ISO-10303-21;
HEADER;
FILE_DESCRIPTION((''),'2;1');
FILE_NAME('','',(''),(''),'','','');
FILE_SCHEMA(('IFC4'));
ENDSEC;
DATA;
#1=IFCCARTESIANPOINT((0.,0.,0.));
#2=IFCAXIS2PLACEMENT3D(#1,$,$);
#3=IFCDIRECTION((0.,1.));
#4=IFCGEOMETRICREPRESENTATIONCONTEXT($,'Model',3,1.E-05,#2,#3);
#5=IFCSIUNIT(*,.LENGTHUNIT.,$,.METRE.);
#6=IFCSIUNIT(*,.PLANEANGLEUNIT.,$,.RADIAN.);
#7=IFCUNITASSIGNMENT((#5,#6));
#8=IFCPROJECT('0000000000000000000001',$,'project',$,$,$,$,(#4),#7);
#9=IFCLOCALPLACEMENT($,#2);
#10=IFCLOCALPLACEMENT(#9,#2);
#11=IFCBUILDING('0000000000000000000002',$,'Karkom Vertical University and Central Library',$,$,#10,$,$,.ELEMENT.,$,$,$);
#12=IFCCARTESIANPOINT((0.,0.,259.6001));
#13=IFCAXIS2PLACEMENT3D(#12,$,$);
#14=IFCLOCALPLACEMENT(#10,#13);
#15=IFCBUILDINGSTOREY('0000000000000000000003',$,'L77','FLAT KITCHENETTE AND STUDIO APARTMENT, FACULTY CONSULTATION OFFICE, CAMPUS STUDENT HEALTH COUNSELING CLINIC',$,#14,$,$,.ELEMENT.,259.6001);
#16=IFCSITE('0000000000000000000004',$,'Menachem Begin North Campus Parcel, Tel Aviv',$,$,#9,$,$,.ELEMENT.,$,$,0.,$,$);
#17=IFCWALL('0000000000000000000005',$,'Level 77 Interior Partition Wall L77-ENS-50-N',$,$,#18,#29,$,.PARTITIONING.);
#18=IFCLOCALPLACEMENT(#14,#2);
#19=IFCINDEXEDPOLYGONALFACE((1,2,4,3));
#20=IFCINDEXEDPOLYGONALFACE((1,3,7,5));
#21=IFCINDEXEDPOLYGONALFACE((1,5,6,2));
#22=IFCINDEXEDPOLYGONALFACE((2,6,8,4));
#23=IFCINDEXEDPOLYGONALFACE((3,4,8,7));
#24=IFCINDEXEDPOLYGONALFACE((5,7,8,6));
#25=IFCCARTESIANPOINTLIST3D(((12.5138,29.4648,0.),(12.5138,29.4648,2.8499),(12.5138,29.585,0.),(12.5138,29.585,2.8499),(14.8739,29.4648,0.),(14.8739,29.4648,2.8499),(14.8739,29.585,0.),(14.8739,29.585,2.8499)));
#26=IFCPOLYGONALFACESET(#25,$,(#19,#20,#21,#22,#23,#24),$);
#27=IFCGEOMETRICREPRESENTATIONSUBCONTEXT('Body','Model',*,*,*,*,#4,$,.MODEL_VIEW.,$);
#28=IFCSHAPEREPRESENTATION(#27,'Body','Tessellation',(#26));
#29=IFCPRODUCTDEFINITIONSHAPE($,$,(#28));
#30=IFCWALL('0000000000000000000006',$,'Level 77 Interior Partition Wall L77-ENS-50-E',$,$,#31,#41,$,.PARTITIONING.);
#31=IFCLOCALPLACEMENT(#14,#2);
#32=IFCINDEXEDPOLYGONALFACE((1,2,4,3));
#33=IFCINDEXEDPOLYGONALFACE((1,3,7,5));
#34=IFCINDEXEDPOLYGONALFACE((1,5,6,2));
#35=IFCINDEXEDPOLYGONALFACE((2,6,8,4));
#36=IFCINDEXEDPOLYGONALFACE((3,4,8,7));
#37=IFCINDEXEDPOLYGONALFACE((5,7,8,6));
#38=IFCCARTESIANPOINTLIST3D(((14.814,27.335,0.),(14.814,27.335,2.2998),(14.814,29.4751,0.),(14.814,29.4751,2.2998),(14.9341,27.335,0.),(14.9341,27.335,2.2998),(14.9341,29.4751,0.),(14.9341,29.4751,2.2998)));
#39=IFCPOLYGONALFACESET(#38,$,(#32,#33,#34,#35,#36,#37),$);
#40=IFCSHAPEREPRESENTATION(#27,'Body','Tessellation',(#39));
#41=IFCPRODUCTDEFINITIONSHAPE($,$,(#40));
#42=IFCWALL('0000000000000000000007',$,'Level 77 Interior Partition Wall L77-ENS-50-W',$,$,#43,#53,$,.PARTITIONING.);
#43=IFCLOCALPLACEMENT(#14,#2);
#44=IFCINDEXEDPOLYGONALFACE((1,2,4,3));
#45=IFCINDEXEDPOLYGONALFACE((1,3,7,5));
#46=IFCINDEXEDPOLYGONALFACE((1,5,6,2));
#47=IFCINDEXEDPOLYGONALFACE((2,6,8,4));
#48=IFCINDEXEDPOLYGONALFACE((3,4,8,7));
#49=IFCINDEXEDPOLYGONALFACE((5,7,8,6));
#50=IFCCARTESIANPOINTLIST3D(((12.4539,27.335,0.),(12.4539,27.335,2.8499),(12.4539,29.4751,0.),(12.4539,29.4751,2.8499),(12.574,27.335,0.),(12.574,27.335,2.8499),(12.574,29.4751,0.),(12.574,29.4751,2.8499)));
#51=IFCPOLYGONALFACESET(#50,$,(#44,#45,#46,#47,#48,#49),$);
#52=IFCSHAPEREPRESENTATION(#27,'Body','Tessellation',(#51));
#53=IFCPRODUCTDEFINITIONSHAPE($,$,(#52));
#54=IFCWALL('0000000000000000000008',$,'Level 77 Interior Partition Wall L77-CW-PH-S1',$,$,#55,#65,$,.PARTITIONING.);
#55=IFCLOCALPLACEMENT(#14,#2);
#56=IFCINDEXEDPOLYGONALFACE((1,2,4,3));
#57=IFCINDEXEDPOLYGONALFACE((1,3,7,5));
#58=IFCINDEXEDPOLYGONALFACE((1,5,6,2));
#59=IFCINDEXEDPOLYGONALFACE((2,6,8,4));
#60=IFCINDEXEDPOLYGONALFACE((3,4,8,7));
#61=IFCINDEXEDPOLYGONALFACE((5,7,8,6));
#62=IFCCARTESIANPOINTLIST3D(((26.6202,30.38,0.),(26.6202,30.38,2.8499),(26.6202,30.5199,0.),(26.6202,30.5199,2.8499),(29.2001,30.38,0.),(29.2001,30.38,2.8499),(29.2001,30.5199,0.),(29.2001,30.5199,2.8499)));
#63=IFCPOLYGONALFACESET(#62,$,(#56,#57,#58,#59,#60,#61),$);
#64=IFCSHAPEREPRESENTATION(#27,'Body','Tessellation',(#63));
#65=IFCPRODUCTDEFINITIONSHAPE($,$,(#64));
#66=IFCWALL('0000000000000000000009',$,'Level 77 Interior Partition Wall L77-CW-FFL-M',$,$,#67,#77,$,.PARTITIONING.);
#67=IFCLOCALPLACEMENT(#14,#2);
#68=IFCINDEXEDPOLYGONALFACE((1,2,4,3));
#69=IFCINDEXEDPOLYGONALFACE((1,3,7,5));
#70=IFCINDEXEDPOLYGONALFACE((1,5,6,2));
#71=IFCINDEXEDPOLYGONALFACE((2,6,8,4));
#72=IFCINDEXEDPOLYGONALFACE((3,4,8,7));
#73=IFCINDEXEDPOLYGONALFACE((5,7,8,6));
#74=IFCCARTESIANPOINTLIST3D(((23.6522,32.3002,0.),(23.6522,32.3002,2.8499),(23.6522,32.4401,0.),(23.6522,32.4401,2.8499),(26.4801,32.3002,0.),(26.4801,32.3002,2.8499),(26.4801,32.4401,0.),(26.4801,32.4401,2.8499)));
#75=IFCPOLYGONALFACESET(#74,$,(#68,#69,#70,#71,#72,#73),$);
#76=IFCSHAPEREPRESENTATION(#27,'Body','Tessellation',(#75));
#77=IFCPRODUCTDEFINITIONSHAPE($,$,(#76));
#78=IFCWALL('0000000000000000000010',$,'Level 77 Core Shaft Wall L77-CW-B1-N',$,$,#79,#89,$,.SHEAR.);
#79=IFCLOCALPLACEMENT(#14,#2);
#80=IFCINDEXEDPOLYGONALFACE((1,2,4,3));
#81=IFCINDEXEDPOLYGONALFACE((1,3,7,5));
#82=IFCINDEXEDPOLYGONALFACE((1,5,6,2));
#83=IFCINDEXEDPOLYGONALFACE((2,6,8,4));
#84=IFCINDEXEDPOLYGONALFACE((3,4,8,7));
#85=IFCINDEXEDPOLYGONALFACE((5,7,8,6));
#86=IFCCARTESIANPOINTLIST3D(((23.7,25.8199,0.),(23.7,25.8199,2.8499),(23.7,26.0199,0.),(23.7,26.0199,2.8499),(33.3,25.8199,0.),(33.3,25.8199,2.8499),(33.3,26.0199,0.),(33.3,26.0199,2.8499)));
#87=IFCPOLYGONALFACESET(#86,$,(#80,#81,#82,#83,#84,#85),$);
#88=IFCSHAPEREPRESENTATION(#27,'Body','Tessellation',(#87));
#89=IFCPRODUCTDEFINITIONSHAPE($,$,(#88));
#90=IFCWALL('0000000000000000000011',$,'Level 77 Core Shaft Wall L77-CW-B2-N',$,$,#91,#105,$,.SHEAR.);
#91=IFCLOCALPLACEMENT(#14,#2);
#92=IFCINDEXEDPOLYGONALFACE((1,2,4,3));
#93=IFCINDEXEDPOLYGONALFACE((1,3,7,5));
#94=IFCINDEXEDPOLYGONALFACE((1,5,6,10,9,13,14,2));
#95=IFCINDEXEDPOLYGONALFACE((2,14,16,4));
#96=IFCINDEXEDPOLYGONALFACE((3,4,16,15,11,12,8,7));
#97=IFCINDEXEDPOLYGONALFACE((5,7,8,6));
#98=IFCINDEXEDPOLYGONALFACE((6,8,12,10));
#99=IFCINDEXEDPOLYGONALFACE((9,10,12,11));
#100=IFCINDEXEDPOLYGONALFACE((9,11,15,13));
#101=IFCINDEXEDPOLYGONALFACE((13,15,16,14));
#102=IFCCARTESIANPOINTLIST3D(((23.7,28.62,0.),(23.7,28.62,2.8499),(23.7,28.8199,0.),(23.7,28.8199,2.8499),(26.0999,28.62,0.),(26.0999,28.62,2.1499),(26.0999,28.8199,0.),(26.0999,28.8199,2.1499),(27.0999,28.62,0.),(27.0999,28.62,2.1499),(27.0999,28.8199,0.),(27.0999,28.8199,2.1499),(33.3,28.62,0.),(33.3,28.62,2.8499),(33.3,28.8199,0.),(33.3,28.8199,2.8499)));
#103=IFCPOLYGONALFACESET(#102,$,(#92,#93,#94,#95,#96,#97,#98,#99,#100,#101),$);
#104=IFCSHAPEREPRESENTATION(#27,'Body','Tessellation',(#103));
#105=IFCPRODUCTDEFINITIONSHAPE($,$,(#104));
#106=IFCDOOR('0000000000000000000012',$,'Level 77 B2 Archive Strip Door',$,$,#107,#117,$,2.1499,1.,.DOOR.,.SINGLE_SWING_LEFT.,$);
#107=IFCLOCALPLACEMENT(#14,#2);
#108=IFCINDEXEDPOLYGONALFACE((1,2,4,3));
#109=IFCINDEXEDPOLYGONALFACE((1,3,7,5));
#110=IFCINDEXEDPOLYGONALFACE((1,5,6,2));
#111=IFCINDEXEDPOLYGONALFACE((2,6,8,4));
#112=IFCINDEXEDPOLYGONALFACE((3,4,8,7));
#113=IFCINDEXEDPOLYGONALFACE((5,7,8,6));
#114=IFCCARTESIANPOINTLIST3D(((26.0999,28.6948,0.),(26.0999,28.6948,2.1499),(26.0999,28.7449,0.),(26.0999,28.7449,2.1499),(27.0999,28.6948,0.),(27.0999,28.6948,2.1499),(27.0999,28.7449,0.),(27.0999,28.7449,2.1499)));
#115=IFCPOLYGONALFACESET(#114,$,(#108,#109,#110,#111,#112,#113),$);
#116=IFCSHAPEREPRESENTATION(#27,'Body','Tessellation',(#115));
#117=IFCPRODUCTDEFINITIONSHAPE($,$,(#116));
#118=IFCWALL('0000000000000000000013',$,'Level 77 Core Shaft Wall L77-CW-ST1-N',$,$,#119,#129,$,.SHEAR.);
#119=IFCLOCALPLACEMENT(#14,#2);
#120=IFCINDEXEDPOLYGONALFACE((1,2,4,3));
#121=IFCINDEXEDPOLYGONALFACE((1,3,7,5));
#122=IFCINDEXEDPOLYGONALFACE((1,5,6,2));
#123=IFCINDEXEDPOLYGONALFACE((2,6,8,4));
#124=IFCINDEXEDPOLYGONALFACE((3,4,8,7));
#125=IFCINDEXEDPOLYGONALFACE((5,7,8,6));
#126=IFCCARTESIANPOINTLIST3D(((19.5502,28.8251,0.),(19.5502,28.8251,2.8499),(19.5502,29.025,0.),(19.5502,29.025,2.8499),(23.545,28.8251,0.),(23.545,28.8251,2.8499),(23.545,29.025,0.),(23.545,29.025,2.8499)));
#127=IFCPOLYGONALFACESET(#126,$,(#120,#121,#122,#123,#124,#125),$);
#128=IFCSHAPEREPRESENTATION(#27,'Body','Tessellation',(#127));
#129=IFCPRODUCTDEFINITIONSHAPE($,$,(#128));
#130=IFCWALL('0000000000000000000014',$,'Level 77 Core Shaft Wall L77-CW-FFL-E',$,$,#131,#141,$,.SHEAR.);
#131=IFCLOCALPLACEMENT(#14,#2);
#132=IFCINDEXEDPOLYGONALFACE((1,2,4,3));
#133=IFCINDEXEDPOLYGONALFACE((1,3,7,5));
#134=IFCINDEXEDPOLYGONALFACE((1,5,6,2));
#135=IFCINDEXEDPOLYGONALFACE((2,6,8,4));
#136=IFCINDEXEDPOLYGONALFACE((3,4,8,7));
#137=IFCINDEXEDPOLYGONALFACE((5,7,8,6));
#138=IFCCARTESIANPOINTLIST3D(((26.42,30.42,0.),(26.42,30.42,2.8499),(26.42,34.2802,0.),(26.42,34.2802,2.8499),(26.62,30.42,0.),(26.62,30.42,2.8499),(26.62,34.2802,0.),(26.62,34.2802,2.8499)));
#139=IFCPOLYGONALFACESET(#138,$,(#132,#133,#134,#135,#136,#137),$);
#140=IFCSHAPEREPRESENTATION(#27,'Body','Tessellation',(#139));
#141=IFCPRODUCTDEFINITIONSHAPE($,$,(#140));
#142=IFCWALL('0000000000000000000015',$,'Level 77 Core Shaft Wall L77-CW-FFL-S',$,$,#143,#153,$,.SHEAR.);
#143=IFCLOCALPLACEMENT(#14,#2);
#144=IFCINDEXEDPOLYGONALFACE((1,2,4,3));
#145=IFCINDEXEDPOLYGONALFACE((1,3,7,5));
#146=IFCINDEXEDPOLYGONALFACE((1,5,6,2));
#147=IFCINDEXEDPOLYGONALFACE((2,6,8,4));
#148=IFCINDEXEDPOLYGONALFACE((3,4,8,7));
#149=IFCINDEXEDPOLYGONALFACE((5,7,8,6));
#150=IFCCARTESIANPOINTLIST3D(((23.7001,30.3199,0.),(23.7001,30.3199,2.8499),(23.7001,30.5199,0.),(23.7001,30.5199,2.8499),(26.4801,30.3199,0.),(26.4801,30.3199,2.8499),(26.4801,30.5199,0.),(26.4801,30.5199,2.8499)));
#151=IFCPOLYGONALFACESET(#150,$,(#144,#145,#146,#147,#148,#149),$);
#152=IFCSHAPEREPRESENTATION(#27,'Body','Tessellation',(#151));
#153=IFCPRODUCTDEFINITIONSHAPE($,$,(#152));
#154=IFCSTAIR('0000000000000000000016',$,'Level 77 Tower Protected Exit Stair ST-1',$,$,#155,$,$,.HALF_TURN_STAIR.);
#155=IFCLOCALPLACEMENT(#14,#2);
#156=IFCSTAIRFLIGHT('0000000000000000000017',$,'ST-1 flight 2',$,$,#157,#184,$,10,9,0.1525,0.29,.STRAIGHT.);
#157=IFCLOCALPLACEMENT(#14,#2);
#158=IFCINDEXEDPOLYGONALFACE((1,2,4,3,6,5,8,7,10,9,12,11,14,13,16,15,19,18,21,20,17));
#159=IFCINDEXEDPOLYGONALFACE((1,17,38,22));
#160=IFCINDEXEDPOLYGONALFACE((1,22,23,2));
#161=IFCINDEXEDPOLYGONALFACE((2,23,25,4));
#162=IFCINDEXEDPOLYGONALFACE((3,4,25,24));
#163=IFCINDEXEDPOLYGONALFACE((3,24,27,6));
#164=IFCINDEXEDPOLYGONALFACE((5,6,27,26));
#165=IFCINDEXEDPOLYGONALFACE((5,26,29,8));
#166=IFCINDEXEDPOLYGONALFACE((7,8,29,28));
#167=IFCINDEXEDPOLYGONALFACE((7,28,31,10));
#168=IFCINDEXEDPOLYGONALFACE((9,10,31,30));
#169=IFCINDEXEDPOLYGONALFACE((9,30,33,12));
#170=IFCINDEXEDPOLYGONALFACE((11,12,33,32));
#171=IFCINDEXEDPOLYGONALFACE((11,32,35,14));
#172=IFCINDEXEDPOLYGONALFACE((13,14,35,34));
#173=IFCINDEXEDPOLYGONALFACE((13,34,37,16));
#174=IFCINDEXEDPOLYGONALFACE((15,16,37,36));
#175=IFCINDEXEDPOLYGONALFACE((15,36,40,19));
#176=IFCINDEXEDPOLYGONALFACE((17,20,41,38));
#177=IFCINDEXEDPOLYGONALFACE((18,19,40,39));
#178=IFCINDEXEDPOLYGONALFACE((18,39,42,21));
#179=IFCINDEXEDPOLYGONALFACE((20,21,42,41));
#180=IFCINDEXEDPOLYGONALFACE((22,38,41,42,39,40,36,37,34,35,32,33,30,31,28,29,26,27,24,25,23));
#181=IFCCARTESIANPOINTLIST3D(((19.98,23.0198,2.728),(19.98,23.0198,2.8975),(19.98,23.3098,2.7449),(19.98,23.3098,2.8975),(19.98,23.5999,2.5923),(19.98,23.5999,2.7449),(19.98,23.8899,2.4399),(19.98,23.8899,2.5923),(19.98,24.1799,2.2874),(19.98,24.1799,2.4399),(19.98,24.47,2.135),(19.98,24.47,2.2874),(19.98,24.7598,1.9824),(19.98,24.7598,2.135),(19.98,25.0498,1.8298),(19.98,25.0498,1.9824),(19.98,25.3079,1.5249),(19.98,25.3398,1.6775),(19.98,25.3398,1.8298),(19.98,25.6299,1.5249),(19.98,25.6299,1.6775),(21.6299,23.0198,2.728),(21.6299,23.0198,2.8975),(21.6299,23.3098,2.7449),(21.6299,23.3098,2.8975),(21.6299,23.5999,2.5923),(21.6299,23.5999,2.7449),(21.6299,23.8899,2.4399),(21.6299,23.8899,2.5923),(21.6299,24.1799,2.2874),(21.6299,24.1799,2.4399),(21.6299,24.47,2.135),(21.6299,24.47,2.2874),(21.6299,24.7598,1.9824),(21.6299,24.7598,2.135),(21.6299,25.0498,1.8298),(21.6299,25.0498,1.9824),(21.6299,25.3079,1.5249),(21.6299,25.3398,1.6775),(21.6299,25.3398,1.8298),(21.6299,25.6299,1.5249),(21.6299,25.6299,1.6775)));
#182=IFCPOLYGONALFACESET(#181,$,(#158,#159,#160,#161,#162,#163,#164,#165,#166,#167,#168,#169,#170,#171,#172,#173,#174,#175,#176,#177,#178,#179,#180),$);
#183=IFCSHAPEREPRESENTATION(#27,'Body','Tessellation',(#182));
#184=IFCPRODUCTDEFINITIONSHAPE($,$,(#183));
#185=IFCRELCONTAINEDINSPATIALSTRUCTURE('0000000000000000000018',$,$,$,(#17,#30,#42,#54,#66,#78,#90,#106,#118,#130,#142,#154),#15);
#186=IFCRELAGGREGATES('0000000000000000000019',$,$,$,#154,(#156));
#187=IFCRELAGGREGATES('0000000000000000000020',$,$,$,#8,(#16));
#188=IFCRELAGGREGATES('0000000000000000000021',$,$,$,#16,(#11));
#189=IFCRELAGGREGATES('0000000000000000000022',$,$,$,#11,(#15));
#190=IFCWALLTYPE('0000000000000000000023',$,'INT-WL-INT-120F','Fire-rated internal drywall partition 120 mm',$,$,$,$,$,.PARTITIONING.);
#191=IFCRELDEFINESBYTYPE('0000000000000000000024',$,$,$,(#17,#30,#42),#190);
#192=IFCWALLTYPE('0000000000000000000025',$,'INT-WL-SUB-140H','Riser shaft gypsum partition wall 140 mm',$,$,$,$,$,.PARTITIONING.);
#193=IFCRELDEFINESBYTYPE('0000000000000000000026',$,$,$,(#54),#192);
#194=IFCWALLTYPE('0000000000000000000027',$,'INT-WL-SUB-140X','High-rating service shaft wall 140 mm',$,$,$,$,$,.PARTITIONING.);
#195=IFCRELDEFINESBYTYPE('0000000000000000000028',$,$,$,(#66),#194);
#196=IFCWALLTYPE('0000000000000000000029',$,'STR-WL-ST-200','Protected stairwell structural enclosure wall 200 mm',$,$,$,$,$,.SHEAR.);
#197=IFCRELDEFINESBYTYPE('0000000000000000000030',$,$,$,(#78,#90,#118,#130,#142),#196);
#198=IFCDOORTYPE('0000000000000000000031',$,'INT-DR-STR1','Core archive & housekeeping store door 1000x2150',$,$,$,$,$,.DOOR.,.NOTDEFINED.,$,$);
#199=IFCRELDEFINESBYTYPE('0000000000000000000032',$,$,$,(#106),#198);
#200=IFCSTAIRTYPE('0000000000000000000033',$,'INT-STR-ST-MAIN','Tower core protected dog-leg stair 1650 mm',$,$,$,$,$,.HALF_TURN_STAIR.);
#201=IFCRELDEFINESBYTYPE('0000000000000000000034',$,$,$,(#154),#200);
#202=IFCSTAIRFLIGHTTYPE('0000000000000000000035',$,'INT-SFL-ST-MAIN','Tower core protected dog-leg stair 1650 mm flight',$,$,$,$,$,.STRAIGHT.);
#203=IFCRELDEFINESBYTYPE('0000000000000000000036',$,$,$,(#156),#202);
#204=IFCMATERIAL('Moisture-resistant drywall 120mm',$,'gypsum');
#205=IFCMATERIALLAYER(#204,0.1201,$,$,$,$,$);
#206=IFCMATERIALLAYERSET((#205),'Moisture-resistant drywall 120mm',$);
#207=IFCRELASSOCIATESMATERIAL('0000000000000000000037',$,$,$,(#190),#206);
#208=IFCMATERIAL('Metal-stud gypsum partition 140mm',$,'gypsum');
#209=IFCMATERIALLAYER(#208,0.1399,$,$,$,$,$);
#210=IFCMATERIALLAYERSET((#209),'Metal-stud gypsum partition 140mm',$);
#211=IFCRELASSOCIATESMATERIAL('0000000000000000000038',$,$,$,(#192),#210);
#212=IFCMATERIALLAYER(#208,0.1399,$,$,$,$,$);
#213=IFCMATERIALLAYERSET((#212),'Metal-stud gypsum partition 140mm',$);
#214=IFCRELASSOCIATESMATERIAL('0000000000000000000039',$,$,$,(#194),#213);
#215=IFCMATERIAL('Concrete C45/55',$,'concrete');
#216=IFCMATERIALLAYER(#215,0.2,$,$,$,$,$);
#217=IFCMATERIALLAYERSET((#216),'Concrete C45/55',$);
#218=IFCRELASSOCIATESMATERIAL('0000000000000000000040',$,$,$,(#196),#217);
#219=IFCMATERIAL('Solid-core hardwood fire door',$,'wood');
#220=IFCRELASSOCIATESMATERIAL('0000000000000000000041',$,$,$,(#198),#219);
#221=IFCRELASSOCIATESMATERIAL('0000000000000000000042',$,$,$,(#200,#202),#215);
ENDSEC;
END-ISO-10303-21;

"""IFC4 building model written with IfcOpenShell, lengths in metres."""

from ifc_helpers import new_model, si_unit, direction, frame, frame_2d, origin, origin_with_axes, place, context, subcontext, project, spatial, polyline, rectangle, outline, extrude, source, transform, mapped, material, layer, layer_set, type_object, element, fill, aggregate, save


model = new_model("IFC4")

# Units and contexts
model_context = context("Model", 3, precision=1e-05, world=origin(), true_north=direction((0.0, 1.0)))
body_context = subcontext(model_context, "Body", "Model", "MODEL_VIEW")
ifc_project = project(units=[si_unit("LENGTHUNIT", "METRE"), si_unit("PLANEANGLEUNIT", "RADIAN")], contexts=[model_context])

# Site, building, storey
site_placement = place(None, origin())
site = spatial("IfcSite", under=ifc_project, at=site_placement, Name="Menachem Begin North Campus Parcel, Tel Aviv", CompositionType="ELEMENT", RefElevation=0.0)
building_placement = place(site_placement, origin())
building = spatial("IfcBuilding", under=site, at=building_placement, Name="Karkom Vertical University and Central Library", CompositionType="ELEMENT")
storey_placement = place(building_placement, frame((0.0, 0.0, 259.6001)))
storey = spatial("IfcBuildingStorey", under=building, at=storey_placement, Name="L77", Description="FLAT KITCHENETTE AND STUDIO APARTMENT, FACULTY CONSULTATION OFFICE, CAMPUS STUDENT HEALTH COUNSELING CLINIC", CompositionType="ELEMENT", Elevation=259.6001)

# Shared definitions
ifc_material_1 = material(Name="Moisture-resistant drywall 120mm", Category="gypsum")
ifc_layer_1 = layer(ifc_material_1, 0.1201)
ifc_layer_set_1 = layer_set([ifc_layer_1], Name="Moisture-resistant drywall 120mm")
wall_type_1 = type_object("IfcWallType", Name="INT-WL-INT-120F", Description="Fire-rated internal drywall partition 120 mm", PredefinedType="PARTITIONING", material=ifc_layer_set_1)

# Walls
wall_1_placement = place(storey_placement, frame((14.874, 29.5249, 0.0), z_axis=(0.0, 0.0, 1.0), x_axis=(-1.0, 0.0, 0.0)))
element("IfcWall", 1, at=wall_1_placement, inside=storey, type_object=wall_type_1, Name="Level 77 Interior Partition Wall L77-ENS-50-N", PredefinedType="PARTITIONING", context=body_context, shape_type="SweptSolid", body=[
    extrude(rectangle(XDim=2.3601, YDim=0.1201, at=frame_2d((1.1802, 0.0))), origin(), (0.0, 0.0, 1.0), 2.8499),
])
wall_2_placement = place(storey_placement, frame((14.874, 27.335, 0.0), z_axis=(0.0, 0.0, 1.0), x_axis=(0.0, 1.0, 0.0)))
element("IfcWall", 2, at=wall_2_placement, inside=storey, type_object=wall_type_1, Name="Level 77 Interior Partition Wall L77-ENS-50-E", PredefinedType="PARTITIONING", context=body_context, shape_type="SweptSolid", body=[
    extrude(rectangle(XDim=2.1401, YDim=0.1201, at=frame_2d((1.0701, 0.0))), origin(), (0.0, 0.0, 1.0), 2.2998),
])
wall_3_placement = place(storey_placement, frame((12.5139, 29.4751, 0.0), z_axis=(0.0, 0.0, 1.0), x_axis=(0.0, -1.0, 0.0)))
element("IfcWall", 3, at=wall_3_placement, inside=storey, type_object=wall_type_1, Name="Level 77 Interior Partition Wall L77-ENS-50-W", PredefinedType="PARTITIONING", context=body_context, shape_type="SweptSolid", body=[
    extrude(rectangle(XDim=2.1401, YDim=0.1201, at=frame_2d((1.0701, 0.0))), origin(), (0.0, 0.0, 1.0), 2.8499),
])

# Shared definitions
ifc_material_2 = material(Name="Metal-stud gypsum partition 140mm", Category="gypsum")

# Walls
ifc_layer_2 = layer(ifc_material_2, 0.1399)
ifc_layer_set_2 = layer_set([ifc_layer_2], Name="Metal-stud gypsum partition 140mm")
wall_type_2 = type_object("IfcWallType", Name="INT-WL-SUB-140H", Description="Riser shaft gypsum partition wall 140 mm", PredefinedType="PARTITIONING", material=ifc_layer_set_2)
wall_4_placement = place(storey_placement, frame((26.6201, 30.45, 0.0), z_axis=(0.0, 0.0, 1.0), x_axis=(1.0, 0.0, 0.0)))
element("IfcWall", 4, at=wall_4_placement, inside=storey, type_object=wall_type_2, Name="Level 77 Interior Partition Wall L77-CW-PH-S1", PredefinedType="PARTITIONING", context=body_context, shape_type="SweptSolid", body=[
    extrude(rectangle(XDim=2.5798, YDim=0.1399, at=frame_2d((1.29, 0.0))), origin(), (0.0, 0.0, 1.0), 2.8499),
])
ifc_layer_3 = layer(ifc_material_2, 0.1399)
ifc_layer_set_3 = layer_set([ifc_layer_3], Name="Metal-stud gypsum partition 140mm")
wall_type_3 = type_object("IfcWallType", Name="INT-WL-SUB-140X", Description="High-rating service shaft wall 140 mm", PredefinedType="PARTITIONING", material=ifc_layer_set_3)
wall_5_placement = place(storey_placement, frame((23.6521, 32.3701, 0.0), z_axis=(0.0, 0.0, 1.0), x_axis=(1.0, 0.0, 0.0)))
element("IfcWall", 5, at=wall_5_placement, inside=storey, type_object=wall_type_3, Name="Level 77 Interior Partition Wall L77-CW-FFL-M", PredefinedType="PARTITIONING", context=body_context, shape_type="SweptSolid", body=[
    extrude(rectangle(XDim=2.8279, YDim=0.1399, at=frame_2d((1.4141, 0.0))), origin(), (0.0, 0.0, 1.0), 2.8499),
])
ifc_material_3 = material(Name="Concrete C45/55", Category="concrete")
ifc_layer_4 = layer(ifc_material_3, 0.2)
ifc_layer_set_4 = layer_set([ifc_layer_4], Name="Concrete C45/55")
wall_type_4 = type_object("IfcWallType", Name="STR-WL-ST-200", Description="Protected stairwell structural enclosure wall 200 mm", PredefinedType="SHEAR", material=ifc_layer_set_4)
wall_6_placement = place(storey_placement, frame((23.7, 25.9199, 0.0), z_axis=(0.0, 0.0, 1.0), x_axis=(1.0, 0.0, 0.0)))
element("IfcWall", 6, at=wall_6_placement, inside=storey, type_object=wall_type_4, Name="Level 77 Core Shaft Wall L77-CW-B1-N", PredefinedType="SHEAR", context=body_context, shape_type="SweptSolid", body=[
    extrude(rectangle(XDim=9.6001, YDim=0.2, at=frame_2d((4.8, 0.0))), origin(), (0.0, 0.0, 1.0), 2.8499),
])

# Wall, opening, door
wall_7_placement = place(storey_placement, frame((23.7, 28.72, 0.0), z_axis=(0.0, 0.0, 1.0), x_axis=(1.0, 0.0, 0.0)))
wall_7 = element("IfcWall", 7, at=wall_7_placement, inside=storey, type_object=wall_type_4, Name="Level 77 Core Shaft Wall L77-CW-B2-N", PredefinedType="SHEAR", context=body_context, shape_type="SweptSolid", body=[
    extrude(rectangle(XDim=9.6001, YDim=0.2, at=frame_2d((4.8, 0.0))), origin(), (0.0, 0.0, 1.0), 2.8499),
])
opening_1_placement = place(wall_7_placement, frame((2.3999, 0.0, 0.0)))
opening_1 = element("IfcOpeningElement", 8, at=opening_1_placement, cuts=wall_7, PredefinedType="OPENING", context=body_context, shape_type="SweptSolid", body=[
    extrude(rectangle(XDim=1.0, YDim=2.1499, at=frame_2d((0.5, 1.075))), frame((0.0, 0.1099, 0.0), z_axis=(0.0, -1.0, 0.0), x_axis=(1.0, 0.0, 0.0)), (0.0, 0.0, 1.0), 0.22),
])
ifc_material_4 = material(Name="Solid-core hardwood fire door", Category="wood")
door_type_1 = type_object("IfcDoorType", Name="INT-DR-STR1", Description="Core archive & housekeeping store door 1000x2150", OperationType="NOTDEFINED", PredefinedType="DOOR", material=ifc_material_4)
shared_shape_1 = source(origin_with_axes(), body_context, "Body", "SweptSolid", [
    extrude(rectangle(XDim=1.0, YDim=2.1499, at=frame_2d((0.5, 1.075))), frame((0.0, 0.0249, 0.0), z_axis=(0.0, -1.0, 0.0), x_axis=(1.0, 0.0, 0.0)), (0.0, 0.0, 1.0), 0.05),
])
door_1_placement = place(opening_1_placement, origin())
door_1 = element("IfcDoor", 9, at=door_1_placement, inside=storey, type_object=door_type_1, Name="Level 77 B2 Archive Strip Door", OperationType="SINGLE_SWING_LEFT", OverallHeight=2.1499, OverallWidth=1.0, PredefinedType="DOOR", context=body_context, shape_type="MappedRepresentation", body=[
    mapped(shared_shape_1, transform((0.0, 0.0, 0.0), scale=1.0)),
])
fill(opening_1, door_1)

# Walls
wall_8_placement = place(storey_placement, frame((19.55, 28.925, 0.0), z_axis=(0.0, 0.0, 1.0), x_axis=(1.0, 0.0, 0.0)))
element("IfcWall", 10, at=wall_8_placement, inside=storey, type_object=wall_type_4, Name="Level 77 Core Shaft Wall L77-CW-ST1-N", PredefinedType="SHEAR", context=body_context, shape_type="SweptSolid", body=[
    extrude(rectangle(XDim=3.9949, YDim=0.2, at=frame_2d((1.9976, 0.0))), origin(), (0.0, 0.0, 1.0), 2.8499),
])
wall_9_placement = place(storey_placement, frame((26.52, 30.4199, 0.0), z_axis=(0.0, 0.0, 1.0), x_axis=(0.0, 1.0, 0.0)))
element("IfcWall", 11, at=wall_9_placement, inside=storey, type_object=wall_type_4, Name="Level 77 Core Shaft Wall L77-CW-FFL-E", PredefinedType="SHEAR", context=body_context, shape_type="SweptSolid", body=[
    extrude(rectangle(XDim=3.8601, YDim=0.2, at=frame_2d((1.9302, 0.0))), origin(), (0.0, 0.0, 1.0), 2.8499),
])
wall_10_placement = place(storey_placement, frame((23.7, 30.4199, 0.0), z_axis=(0.0, 0.0, 1.0), x_axis=(1.0, 0.0, 0.0)))
element("IfcWall", 12, at=wall_10_placement, inside=storey, type_object=wall_type_4, Name="Level 77 Core Shaft Wall L77-CW-FFL-S", PredefinedType="SHEAR", context=body_context, shape_type="SweptSolid", body=[
    extrude(rectangle(XDim=2.78, YDim=0.2, at=frame_2d((1.3901, 0.0))), origin(), (0.0, 0.0, 1.0), 2.8499),
])

# Stair, stair flight
stair_type = type_object("IfcStairType", Name="INT-STR-ST-MAIN", Description="Tower core protected dog-leg stair 1650 mm", PredefinedType="HALF_TURN_STAIR", material=ifc_material_3)
stair_placement = place(storey_placement, origin())
stair = element("IfcStair", 13, at=stair_placement, inside=storey, type_object=stair_type, Name="Level 77 Tower Protected Exit Stair ST-1", PredefinedType="HALF_TURN_STAIR")
stair_flight_type = type_object("IfcStairFlightType", Name="INT-SFL-ST-MAIN", Description="Tower core protected dog-leg stair 1650 mm flight", PredefinedType="STRAIGHT", material=ifc_material_3)
stair_flight_placement = place(storey_placement, frame((20.8049, 25.6299, 1.5249), z_axis=(0.0, 0.0, 1.0), x_axis=(0.0, -1.0, 0.0)))
stair_flight = element("IfcStairFlight", 14, at=stair_flight_placement, type_object=stair_flight_type, Name="ST-1 flight 2", NumberOfRisers=10, NumberOfTreads=9, PredefinedType="STRAIGHT", RiserHeight=0.1525, TreadLength=0.29, context=body_context, shape_type="SweptSolid", body=[
    extrude(outline(polyline([(0.0, 0.0), (0.0, 0.1526), (0.29, 0.1526), (0.29, 0.3049), (0.5801, 0.3049), (0.5801, 0.4575), (0.8701, 0.4575), (0.8701, 0.6101), (1.1599, 0.6101), (1.1599, 0.7625), (1.45, 0.7625), (1.45, 0.915), (1.74, 0.915), (1.74, 1.0674), (2.03, 1.0674), (2.03, 1.22), (2.3201, 1.22), (2.3201, 1.3726), (2.6101, 1.3726), (2.6101, 1.5249), (2.6101, 1.2031), (0.322, 0.0), (0.0, 0.0)])), frame((0.0, 0.825, 0.0), z_axis=(0.0, -1.0, 0.0), x_axis=(1.0, 0.0, 0.0)), (0.0, 0.0, 1.0), 1.6499),
])
aggregate(stair, [stair_flight])

save(model, "model.ifc")
